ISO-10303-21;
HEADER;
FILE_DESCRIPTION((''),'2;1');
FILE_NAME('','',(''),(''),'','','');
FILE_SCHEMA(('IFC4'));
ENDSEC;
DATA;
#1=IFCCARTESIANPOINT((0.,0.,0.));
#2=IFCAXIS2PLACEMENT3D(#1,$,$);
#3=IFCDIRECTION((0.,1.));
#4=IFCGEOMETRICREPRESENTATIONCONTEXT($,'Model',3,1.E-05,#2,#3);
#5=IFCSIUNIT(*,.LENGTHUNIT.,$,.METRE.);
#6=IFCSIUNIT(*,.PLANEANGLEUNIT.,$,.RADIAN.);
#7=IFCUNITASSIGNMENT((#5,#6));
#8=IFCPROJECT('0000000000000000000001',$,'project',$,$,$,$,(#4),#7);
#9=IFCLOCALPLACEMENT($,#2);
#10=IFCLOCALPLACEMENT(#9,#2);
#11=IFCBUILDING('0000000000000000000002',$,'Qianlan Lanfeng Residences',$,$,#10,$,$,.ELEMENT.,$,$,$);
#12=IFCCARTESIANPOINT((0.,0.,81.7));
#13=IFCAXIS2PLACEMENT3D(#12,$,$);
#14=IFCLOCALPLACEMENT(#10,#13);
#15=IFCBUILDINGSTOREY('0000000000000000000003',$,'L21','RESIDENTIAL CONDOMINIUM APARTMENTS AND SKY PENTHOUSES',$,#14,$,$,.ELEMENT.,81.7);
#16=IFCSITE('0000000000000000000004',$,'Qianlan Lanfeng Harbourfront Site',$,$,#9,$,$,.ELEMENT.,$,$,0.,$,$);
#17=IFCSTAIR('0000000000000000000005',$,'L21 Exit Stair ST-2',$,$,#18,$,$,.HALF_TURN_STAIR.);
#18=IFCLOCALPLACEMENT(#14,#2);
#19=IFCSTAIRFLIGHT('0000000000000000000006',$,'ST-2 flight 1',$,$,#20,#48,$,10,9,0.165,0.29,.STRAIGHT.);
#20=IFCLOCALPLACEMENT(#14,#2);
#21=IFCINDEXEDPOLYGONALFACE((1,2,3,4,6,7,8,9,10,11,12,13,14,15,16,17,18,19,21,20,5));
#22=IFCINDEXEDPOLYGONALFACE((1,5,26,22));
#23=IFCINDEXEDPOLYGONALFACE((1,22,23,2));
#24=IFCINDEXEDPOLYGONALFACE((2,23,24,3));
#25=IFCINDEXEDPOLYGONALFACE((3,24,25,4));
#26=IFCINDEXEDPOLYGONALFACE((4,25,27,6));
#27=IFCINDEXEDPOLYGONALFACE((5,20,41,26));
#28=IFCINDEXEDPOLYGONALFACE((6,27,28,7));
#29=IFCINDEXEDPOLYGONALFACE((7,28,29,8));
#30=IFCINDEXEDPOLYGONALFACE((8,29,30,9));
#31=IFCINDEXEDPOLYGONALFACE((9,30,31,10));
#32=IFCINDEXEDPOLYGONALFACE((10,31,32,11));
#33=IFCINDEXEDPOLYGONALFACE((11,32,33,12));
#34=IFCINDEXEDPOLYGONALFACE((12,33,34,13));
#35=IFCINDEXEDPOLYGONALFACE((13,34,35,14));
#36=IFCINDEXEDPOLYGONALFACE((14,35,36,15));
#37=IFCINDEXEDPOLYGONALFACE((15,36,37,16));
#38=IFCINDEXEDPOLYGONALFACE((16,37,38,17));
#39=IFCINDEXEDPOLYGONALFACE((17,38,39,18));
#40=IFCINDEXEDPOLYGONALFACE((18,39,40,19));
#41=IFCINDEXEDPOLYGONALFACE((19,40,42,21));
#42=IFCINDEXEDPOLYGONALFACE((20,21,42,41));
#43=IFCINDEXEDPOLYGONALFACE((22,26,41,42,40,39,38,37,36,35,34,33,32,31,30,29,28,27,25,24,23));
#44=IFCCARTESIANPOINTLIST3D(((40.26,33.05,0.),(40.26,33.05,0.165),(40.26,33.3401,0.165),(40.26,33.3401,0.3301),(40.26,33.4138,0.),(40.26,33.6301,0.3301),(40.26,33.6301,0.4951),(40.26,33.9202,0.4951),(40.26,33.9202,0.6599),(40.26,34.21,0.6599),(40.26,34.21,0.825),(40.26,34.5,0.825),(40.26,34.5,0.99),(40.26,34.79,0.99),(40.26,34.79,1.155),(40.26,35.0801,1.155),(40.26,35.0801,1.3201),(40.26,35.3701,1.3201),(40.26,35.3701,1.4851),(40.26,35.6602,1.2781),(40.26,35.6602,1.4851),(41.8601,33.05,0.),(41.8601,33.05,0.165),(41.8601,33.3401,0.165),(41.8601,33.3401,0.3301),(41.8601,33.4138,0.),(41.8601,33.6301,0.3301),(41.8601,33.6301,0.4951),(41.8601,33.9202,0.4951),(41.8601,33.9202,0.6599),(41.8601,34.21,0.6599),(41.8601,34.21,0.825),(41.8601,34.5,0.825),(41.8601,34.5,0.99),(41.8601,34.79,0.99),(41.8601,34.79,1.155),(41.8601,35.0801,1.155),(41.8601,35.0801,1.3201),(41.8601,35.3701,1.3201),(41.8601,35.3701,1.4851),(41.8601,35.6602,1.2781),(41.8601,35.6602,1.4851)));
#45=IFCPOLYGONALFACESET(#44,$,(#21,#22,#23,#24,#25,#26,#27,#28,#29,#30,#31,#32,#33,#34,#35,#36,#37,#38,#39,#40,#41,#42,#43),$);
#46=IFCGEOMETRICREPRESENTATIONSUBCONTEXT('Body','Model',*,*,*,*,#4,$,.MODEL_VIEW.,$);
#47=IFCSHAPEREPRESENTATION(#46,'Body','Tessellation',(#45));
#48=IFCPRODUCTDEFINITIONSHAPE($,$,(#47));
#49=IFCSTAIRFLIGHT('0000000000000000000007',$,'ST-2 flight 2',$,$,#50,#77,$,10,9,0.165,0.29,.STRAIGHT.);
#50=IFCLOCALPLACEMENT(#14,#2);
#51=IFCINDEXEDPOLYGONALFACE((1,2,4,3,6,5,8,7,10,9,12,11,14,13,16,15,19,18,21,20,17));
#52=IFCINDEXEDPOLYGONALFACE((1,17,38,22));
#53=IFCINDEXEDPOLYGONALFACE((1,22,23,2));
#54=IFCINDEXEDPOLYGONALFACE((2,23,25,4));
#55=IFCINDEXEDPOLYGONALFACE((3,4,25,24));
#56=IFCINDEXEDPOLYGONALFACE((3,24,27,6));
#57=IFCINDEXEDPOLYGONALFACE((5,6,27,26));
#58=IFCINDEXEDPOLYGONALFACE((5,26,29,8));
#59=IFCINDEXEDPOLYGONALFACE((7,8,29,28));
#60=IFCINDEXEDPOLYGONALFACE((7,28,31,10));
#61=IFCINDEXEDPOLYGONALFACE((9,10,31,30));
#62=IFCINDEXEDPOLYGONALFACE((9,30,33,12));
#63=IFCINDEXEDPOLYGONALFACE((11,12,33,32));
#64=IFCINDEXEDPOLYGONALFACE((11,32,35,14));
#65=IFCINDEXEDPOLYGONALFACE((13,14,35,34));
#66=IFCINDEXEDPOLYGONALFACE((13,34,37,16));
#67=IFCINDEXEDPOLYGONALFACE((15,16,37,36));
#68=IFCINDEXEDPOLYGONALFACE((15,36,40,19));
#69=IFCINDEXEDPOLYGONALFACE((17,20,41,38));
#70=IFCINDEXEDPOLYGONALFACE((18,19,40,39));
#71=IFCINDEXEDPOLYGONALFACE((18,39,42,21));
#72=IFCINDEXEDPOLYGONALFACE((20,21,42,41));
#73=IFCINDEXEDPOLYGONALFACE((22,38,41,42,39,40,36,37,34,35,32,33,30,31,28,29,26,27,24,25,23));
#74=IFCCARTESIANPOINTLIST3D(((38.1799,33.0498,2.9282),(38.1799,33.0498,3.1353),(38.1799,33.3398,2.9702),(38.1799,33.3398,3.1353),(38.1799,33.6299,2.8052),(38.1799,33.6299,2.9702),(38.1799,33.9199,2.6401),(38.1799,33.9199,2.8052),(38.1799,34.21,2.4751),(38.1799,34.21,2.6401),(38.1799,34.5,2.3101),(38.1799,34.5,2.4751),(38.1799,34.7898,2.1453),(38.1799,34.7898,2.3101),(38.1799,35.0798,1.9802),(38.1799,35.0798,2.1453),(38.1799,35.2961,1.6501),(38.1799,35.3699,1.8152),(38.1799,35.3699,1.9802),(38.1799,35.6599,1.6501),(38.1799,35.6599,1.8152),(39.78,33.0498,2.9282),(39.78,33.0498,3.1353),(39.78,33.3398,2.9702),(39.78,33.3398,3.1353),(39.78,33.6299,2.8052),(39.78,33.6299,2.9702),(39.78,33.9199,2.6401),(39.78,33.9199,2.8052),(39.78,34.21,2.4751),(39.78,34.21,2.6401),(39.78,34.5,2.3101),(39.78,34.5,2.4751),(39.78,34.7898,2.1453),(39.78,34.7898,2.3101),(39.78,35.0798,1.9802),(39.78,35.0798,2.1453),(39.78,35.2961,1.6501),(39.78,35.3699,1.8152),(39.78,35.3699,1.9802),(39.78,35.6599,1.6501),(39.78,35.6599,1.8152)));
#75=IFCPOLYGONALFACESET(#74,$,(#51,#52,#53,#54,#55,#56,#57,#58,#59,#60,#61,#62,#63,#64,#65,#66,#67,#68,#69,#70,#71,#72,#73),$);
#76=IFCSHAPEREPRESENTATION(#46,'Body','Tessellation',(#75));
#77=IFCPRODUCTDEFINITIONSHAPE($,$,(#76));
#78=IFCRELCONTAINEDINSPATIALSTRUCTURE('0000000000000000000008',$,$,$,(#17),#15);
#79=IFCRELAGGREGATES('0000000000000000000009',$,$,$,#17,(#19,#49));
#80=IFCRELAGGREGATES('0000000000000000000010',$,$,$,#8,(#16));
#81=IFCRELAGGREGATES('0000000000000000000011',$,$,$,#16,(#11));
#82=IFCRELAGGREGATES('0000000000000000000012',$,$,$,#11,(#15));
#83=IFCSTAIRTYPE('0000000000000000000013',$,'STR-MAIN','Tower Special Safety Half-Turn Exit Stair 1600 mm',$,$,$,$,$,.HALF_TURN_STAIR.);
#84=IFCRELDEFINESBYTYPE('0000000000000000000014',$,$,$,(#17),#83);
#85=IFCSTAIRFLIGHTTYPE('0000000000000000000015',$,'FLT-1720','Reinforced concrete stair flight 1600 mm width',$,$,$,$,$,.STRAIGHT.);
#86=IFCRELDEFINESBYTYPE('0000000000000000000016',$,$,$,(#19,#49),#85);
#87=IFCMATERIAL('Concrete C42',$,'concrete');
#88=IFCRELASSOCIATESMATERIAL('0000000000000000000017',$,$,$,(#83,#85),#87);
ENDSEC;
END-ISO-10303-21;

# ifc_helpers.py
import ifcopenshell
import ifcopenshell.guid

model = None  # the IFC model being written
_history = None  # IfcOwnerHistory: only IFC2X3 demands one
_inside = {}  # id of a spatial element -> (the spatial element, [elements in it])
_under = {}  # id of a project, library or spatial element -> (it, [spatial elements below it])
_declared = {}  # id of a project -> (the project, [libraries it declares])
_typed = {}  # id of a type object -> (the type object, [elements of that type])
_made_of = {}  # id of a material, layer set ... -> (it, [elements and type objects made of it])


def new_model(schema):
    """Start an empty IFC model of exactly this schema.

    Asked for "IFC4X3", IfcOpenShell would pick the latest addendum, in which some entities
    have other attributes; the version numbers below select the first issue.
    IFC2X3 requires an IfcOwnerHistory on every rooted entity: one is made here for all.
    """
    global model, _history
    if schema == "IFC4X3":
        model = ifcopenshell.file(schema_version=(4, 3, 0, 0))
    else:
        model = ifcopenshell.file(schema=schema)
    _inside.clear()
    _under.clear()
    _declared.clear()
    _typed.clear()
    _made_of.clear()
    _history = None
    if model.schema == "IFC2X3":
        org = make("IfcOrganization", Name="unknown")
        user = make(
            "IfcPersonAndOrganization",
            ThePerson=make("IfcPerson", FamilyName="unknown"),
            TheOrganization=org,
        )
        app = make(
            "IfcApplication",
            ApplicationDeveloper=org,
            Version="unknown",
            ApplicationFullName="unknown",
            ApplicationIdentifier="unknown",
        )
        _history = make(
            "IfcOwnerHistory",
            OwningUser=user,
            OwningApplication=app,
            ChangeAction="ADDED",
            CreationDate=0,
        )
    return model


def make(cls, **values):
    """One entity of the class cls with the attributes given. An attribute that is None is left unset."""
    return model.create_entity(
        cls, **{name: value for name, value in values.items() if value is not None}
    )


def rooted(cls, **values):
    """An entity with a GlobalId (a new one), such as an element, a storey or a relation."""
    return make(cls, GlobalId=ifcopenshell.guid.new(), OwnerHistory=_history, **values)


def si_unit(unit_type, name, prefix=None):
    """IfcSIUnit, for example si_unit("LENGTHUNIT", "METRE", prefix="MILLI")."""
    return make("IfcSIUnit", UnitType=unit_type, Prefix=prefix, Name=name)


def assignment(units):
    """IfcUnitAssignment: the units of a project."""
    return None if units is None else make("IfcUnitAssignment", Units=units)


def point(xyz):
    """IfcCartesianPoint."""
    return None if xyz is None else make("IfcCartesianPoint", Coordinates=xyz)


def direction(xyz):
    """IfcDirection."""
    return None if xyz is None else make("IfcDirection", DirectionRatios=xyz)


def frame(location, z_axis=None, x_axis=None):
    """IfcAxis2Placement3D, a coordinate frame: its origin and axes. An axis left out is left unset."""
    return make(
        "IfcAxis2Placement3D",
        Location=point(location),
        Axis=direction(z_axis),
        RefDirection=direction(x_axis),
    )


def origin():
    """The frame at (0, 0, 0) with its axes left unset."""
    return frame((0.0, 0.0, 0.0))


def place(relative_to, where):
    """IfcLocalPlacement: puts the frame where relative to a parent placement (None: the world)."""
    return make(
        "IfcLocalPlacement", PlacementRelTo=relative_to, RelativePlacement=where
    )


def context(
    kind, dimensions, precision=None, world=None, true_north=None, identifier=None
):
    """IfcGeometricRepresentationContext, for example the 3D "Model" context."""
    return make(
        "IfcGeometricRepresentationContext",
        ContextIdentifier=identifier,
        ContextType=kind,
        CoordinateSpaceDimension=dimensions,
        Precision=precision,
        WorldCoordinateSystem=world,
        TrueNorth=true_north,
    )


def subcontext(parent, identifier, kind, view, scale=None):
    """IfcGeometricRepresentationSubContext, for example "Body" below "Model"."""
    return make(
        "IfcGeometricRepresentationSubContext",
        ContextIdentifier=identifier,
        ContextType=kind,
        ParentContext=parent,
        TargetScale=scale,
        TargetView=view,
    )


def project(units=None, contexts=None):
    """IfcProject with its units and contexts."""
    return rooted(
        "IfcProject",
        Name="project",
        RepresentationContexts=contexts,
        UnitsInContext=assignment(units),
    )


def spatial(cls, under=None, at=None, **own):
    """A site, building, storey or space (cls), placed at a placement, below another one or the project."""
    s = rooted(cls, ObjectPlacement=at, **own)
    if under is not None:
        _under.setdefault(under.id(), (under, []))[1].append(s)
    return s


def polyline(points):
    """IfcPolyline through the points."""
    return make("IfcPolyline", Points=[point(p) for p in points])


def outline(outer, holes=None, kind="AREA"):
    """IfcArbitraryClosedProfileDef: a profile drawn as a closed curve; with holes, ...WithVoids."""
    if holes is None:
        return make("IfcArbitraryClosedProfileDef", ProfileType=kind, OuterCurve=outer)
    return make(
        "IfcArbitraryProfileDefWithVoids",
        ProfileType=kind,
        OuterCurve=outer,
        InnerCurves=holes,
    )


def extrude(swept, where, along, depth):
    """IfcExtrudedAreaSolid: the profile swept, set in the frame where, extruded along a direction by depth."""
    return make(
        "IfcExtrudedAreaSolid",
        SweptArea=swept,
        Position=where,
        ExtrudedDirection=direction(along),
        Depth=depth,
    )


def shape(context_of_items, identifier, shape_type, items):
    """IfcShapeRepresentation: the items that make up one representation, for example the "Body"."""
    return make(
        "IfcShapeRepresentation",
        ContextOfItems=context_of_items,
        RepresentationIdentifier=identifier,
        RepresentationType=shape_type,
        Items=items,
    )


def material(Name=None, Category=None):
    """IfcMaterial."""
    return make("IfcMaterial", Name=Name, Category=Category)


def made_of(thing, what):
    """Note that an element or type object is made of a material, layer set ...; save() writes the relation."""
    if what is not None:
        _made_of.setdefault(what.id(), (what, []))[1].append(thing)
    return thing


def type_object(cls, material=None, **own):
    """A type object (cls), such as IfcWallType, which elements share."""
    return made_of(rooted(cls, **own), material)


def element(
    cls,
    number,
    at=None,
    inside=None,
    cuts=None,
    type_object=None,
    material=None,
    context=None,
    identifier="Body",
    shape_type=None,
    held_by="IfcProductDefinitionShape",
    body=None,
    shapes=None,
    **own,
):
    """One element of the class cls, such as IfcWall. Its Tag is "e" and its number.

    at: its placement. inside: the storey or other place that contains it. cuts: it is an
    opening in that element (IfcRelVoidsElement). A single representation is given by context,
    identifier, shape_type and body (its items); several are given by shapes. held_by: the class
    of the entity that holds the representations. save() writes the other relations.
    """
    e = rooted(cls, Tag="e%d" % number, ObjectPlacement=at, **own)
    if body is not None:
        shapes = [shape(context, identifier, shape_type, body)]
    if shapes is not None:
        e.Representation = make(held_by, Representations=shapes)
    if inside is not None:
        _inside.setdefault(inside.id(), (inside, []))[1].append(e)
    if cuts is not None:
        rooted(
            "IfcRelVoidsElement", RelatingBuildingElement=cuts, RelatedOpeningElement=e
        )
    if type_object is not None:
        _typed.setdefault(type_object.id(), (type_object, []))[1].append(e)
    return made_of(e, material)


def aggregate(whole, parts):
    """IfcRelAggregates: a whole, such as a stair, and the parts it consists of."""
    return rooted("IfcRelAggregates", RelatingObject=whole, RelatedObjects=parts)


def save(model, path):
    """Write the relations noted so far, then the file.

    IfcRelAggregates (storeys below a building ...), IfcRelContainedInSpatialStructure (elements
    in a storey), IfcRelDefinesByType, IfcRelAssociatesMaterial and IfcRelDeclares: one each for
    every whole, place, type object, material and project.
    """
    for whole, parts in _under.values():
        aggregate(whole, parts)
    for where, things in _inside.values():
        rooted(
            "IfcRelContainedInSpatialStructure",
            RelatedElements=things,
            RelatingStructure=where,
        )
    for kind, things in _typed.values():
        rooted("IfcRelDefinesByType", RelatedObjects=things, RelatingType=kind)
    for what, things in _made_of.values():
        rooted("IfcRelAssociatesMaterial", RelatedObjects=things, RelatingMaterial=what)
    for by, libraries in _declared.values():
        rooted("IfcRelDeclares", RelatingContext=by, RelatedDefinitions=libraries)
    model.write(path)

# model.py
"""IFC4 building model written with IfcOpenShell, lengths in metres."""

from ifc_helpers import new_model, si_unit, direction, frame, origin, place, context, subcontext, project, spatial, polyline, outline, extrude, material, type_object, element, aggregate, save


model = new_model("IFC4")

# Units and contexts
model_context = context("Model", 3, precision=1e-05, world=origin(), true_north=direction((0.0, 1.0)))
body_context = subcontext(model_context, "Body", "Model", "MODEL_VIEW")
ifc_project = project(units=[si_unit("LENGTHUNIT", "METRE"), si_unit("PLANEANGLEUNIT", "RADIAN")], contexts=[model_context])

# Site, building, storey
site_placement = place(None, origin())
site = spatial("IfcSite", under=ifc_project, at=site_placement, Name="Qianlan Lanfeng Harbourfront Site", CompositionType="ELEMENT", RefElevation=0.0)
building_placement = place(site_placement, origin())
building = spatial("IfcBuilding", under=site, at=building_placement, Name="Qianlan Lanfeng Residences", CompositionType="ELEMENT")
storey_placement = place(building_placement, frame((0.0, 0.0, 81.7)))
storey = spatial("IfcBuildingStorey", under=building, at=storey_placement, Name="L21", Description="RESIDENTIAL CONDOMINIUM APARTMENTS AND SKY PENTHOUSES", CompositionType="ELEMENT", Elevation=81.7)

# Shared definitions
ifc_material_1 = material(Name="Concrete C42", Category="concrete")

# Stair, stair flights
stair_type = type_object("IfcStairType", Name="STR-MAIN", Description="Tower Special Safety Half-Turn Exit Stair 1600 mm", PredefinedType="HALF_TURN_STAIR", material=ifc_material_1)
stair_placement = place(storey_placement, origin())
stair = element("IfcStair", 1, at=stair_placement, inside=storey, type_object=stair_type, Name="L21 Exit Stair ST-2", PredefinedType="HALF_TURN_STAIR")
stair_flight_type = type_object("IfcStairFlightType", Name="FLT-1720", Description="Reinforced concrete stair flight 1600 mm width", PredefinedType="STRAIGHT", material=ifc_material_1)
stair_flight_1_placement = place(storey_placement, frame((41.0601, 33.05, 0.0), z_axis=(0.0, 0.0, 1.0), x_axis=(0.0, 1.0, 0.0)))
stair_flight_1 = element("IfcStairFlight", 2, at=stair_flight_1_placement, type_object=stair_flight_type, Name="ST-2 flight 1", NumberOfRisers=10, NumberOfTreads=9, PredefinedType="STRAIGHT", RiserHeight=0.165, TreadLength=0.29, context=body_context, shape_type="SweptSolid", body=[
    extrude(outline(polyline([(0.0, 0.0), (0.0, 0.165), (0.29, 0.165), (0.29, 0.3301), (0.5801, 0.3301), (0.5801, 0.4951), (0.8701, 0.4951), (0.8701, 0.6599), (1.1599, 0.6599), (1.1599, 0.825), (1.45, 0.825), (1.45, 0.99), (1.74, 0.99), (1.74, 1.155), (2.03, 1.155), (2.03, 1.3201), (2.3201, 1.3201), (2.3201, 1.4851), (2.6101, 1.4851), (2.6101, 1.6499), (2.6101, 1.2781), (0.3638, 0.0), (0.0, 0.0)])), frame((0.0, 0.8, 0.0), z_axis=(0.0, -1.0, 0.0), x_axis=(1.0, 0.0, 0.0)), (0.0, 0.0, 1.0), 1.6001),
])
stair_flight_2_placement = place(storey_placement, frame((38.98, 35.6599, 1.6501), z_axis=(0.0, 0.0, 1.0), x_axis=(0.0, -1.0, 0.0)))
stair_flight_2 = element("IfcStairFlight", 3, at=stair_flight_2_placement, type_object=stair_flight_type, Name="ST-2 flight 2", NumberOfRisers=10, NumberOfTreads=9, PredefinedType="STRAIGHT", RiserHeight=0.165, TreadLength=0.29, context=body_context, shape_type="SweptSolid", body=[
    extrude(outline(polyline([(0.0, 0.0), (0.0, 0.165), (0.29, 0.165), (0.29, 0.3301), (0.5801, 0.3301), (0.5801, 0.4951), (0.8701, 0.4951), (0.8701, 0.6599), (1.1599, 0.6599), (1.1599, 0.825), (1.45, 0.825), (1.45, 0.99), (1.74, 0.99), (1.74, 1.155), (2.03, 1.155), (2.03, 1.3201), (2.3201, 1.3201), (2.3201, 1.4851), (2.6101, 1.4851), (2.6101, 1.6499), (2.6101, 1.2781), (0.3638, 0.0), (0.0, 0.0)])), frame((0.0, 0.8, 0.0), z_axis=(0.0, -1.0, 0.0), x_axis=(1.0, 0.0, 0.0)), (0.0, 0.0, 1.0), 1.6001),
])
aggregate(stair, [stair_flight_1, stair_flight_2])

save(model, "model.ifc")
